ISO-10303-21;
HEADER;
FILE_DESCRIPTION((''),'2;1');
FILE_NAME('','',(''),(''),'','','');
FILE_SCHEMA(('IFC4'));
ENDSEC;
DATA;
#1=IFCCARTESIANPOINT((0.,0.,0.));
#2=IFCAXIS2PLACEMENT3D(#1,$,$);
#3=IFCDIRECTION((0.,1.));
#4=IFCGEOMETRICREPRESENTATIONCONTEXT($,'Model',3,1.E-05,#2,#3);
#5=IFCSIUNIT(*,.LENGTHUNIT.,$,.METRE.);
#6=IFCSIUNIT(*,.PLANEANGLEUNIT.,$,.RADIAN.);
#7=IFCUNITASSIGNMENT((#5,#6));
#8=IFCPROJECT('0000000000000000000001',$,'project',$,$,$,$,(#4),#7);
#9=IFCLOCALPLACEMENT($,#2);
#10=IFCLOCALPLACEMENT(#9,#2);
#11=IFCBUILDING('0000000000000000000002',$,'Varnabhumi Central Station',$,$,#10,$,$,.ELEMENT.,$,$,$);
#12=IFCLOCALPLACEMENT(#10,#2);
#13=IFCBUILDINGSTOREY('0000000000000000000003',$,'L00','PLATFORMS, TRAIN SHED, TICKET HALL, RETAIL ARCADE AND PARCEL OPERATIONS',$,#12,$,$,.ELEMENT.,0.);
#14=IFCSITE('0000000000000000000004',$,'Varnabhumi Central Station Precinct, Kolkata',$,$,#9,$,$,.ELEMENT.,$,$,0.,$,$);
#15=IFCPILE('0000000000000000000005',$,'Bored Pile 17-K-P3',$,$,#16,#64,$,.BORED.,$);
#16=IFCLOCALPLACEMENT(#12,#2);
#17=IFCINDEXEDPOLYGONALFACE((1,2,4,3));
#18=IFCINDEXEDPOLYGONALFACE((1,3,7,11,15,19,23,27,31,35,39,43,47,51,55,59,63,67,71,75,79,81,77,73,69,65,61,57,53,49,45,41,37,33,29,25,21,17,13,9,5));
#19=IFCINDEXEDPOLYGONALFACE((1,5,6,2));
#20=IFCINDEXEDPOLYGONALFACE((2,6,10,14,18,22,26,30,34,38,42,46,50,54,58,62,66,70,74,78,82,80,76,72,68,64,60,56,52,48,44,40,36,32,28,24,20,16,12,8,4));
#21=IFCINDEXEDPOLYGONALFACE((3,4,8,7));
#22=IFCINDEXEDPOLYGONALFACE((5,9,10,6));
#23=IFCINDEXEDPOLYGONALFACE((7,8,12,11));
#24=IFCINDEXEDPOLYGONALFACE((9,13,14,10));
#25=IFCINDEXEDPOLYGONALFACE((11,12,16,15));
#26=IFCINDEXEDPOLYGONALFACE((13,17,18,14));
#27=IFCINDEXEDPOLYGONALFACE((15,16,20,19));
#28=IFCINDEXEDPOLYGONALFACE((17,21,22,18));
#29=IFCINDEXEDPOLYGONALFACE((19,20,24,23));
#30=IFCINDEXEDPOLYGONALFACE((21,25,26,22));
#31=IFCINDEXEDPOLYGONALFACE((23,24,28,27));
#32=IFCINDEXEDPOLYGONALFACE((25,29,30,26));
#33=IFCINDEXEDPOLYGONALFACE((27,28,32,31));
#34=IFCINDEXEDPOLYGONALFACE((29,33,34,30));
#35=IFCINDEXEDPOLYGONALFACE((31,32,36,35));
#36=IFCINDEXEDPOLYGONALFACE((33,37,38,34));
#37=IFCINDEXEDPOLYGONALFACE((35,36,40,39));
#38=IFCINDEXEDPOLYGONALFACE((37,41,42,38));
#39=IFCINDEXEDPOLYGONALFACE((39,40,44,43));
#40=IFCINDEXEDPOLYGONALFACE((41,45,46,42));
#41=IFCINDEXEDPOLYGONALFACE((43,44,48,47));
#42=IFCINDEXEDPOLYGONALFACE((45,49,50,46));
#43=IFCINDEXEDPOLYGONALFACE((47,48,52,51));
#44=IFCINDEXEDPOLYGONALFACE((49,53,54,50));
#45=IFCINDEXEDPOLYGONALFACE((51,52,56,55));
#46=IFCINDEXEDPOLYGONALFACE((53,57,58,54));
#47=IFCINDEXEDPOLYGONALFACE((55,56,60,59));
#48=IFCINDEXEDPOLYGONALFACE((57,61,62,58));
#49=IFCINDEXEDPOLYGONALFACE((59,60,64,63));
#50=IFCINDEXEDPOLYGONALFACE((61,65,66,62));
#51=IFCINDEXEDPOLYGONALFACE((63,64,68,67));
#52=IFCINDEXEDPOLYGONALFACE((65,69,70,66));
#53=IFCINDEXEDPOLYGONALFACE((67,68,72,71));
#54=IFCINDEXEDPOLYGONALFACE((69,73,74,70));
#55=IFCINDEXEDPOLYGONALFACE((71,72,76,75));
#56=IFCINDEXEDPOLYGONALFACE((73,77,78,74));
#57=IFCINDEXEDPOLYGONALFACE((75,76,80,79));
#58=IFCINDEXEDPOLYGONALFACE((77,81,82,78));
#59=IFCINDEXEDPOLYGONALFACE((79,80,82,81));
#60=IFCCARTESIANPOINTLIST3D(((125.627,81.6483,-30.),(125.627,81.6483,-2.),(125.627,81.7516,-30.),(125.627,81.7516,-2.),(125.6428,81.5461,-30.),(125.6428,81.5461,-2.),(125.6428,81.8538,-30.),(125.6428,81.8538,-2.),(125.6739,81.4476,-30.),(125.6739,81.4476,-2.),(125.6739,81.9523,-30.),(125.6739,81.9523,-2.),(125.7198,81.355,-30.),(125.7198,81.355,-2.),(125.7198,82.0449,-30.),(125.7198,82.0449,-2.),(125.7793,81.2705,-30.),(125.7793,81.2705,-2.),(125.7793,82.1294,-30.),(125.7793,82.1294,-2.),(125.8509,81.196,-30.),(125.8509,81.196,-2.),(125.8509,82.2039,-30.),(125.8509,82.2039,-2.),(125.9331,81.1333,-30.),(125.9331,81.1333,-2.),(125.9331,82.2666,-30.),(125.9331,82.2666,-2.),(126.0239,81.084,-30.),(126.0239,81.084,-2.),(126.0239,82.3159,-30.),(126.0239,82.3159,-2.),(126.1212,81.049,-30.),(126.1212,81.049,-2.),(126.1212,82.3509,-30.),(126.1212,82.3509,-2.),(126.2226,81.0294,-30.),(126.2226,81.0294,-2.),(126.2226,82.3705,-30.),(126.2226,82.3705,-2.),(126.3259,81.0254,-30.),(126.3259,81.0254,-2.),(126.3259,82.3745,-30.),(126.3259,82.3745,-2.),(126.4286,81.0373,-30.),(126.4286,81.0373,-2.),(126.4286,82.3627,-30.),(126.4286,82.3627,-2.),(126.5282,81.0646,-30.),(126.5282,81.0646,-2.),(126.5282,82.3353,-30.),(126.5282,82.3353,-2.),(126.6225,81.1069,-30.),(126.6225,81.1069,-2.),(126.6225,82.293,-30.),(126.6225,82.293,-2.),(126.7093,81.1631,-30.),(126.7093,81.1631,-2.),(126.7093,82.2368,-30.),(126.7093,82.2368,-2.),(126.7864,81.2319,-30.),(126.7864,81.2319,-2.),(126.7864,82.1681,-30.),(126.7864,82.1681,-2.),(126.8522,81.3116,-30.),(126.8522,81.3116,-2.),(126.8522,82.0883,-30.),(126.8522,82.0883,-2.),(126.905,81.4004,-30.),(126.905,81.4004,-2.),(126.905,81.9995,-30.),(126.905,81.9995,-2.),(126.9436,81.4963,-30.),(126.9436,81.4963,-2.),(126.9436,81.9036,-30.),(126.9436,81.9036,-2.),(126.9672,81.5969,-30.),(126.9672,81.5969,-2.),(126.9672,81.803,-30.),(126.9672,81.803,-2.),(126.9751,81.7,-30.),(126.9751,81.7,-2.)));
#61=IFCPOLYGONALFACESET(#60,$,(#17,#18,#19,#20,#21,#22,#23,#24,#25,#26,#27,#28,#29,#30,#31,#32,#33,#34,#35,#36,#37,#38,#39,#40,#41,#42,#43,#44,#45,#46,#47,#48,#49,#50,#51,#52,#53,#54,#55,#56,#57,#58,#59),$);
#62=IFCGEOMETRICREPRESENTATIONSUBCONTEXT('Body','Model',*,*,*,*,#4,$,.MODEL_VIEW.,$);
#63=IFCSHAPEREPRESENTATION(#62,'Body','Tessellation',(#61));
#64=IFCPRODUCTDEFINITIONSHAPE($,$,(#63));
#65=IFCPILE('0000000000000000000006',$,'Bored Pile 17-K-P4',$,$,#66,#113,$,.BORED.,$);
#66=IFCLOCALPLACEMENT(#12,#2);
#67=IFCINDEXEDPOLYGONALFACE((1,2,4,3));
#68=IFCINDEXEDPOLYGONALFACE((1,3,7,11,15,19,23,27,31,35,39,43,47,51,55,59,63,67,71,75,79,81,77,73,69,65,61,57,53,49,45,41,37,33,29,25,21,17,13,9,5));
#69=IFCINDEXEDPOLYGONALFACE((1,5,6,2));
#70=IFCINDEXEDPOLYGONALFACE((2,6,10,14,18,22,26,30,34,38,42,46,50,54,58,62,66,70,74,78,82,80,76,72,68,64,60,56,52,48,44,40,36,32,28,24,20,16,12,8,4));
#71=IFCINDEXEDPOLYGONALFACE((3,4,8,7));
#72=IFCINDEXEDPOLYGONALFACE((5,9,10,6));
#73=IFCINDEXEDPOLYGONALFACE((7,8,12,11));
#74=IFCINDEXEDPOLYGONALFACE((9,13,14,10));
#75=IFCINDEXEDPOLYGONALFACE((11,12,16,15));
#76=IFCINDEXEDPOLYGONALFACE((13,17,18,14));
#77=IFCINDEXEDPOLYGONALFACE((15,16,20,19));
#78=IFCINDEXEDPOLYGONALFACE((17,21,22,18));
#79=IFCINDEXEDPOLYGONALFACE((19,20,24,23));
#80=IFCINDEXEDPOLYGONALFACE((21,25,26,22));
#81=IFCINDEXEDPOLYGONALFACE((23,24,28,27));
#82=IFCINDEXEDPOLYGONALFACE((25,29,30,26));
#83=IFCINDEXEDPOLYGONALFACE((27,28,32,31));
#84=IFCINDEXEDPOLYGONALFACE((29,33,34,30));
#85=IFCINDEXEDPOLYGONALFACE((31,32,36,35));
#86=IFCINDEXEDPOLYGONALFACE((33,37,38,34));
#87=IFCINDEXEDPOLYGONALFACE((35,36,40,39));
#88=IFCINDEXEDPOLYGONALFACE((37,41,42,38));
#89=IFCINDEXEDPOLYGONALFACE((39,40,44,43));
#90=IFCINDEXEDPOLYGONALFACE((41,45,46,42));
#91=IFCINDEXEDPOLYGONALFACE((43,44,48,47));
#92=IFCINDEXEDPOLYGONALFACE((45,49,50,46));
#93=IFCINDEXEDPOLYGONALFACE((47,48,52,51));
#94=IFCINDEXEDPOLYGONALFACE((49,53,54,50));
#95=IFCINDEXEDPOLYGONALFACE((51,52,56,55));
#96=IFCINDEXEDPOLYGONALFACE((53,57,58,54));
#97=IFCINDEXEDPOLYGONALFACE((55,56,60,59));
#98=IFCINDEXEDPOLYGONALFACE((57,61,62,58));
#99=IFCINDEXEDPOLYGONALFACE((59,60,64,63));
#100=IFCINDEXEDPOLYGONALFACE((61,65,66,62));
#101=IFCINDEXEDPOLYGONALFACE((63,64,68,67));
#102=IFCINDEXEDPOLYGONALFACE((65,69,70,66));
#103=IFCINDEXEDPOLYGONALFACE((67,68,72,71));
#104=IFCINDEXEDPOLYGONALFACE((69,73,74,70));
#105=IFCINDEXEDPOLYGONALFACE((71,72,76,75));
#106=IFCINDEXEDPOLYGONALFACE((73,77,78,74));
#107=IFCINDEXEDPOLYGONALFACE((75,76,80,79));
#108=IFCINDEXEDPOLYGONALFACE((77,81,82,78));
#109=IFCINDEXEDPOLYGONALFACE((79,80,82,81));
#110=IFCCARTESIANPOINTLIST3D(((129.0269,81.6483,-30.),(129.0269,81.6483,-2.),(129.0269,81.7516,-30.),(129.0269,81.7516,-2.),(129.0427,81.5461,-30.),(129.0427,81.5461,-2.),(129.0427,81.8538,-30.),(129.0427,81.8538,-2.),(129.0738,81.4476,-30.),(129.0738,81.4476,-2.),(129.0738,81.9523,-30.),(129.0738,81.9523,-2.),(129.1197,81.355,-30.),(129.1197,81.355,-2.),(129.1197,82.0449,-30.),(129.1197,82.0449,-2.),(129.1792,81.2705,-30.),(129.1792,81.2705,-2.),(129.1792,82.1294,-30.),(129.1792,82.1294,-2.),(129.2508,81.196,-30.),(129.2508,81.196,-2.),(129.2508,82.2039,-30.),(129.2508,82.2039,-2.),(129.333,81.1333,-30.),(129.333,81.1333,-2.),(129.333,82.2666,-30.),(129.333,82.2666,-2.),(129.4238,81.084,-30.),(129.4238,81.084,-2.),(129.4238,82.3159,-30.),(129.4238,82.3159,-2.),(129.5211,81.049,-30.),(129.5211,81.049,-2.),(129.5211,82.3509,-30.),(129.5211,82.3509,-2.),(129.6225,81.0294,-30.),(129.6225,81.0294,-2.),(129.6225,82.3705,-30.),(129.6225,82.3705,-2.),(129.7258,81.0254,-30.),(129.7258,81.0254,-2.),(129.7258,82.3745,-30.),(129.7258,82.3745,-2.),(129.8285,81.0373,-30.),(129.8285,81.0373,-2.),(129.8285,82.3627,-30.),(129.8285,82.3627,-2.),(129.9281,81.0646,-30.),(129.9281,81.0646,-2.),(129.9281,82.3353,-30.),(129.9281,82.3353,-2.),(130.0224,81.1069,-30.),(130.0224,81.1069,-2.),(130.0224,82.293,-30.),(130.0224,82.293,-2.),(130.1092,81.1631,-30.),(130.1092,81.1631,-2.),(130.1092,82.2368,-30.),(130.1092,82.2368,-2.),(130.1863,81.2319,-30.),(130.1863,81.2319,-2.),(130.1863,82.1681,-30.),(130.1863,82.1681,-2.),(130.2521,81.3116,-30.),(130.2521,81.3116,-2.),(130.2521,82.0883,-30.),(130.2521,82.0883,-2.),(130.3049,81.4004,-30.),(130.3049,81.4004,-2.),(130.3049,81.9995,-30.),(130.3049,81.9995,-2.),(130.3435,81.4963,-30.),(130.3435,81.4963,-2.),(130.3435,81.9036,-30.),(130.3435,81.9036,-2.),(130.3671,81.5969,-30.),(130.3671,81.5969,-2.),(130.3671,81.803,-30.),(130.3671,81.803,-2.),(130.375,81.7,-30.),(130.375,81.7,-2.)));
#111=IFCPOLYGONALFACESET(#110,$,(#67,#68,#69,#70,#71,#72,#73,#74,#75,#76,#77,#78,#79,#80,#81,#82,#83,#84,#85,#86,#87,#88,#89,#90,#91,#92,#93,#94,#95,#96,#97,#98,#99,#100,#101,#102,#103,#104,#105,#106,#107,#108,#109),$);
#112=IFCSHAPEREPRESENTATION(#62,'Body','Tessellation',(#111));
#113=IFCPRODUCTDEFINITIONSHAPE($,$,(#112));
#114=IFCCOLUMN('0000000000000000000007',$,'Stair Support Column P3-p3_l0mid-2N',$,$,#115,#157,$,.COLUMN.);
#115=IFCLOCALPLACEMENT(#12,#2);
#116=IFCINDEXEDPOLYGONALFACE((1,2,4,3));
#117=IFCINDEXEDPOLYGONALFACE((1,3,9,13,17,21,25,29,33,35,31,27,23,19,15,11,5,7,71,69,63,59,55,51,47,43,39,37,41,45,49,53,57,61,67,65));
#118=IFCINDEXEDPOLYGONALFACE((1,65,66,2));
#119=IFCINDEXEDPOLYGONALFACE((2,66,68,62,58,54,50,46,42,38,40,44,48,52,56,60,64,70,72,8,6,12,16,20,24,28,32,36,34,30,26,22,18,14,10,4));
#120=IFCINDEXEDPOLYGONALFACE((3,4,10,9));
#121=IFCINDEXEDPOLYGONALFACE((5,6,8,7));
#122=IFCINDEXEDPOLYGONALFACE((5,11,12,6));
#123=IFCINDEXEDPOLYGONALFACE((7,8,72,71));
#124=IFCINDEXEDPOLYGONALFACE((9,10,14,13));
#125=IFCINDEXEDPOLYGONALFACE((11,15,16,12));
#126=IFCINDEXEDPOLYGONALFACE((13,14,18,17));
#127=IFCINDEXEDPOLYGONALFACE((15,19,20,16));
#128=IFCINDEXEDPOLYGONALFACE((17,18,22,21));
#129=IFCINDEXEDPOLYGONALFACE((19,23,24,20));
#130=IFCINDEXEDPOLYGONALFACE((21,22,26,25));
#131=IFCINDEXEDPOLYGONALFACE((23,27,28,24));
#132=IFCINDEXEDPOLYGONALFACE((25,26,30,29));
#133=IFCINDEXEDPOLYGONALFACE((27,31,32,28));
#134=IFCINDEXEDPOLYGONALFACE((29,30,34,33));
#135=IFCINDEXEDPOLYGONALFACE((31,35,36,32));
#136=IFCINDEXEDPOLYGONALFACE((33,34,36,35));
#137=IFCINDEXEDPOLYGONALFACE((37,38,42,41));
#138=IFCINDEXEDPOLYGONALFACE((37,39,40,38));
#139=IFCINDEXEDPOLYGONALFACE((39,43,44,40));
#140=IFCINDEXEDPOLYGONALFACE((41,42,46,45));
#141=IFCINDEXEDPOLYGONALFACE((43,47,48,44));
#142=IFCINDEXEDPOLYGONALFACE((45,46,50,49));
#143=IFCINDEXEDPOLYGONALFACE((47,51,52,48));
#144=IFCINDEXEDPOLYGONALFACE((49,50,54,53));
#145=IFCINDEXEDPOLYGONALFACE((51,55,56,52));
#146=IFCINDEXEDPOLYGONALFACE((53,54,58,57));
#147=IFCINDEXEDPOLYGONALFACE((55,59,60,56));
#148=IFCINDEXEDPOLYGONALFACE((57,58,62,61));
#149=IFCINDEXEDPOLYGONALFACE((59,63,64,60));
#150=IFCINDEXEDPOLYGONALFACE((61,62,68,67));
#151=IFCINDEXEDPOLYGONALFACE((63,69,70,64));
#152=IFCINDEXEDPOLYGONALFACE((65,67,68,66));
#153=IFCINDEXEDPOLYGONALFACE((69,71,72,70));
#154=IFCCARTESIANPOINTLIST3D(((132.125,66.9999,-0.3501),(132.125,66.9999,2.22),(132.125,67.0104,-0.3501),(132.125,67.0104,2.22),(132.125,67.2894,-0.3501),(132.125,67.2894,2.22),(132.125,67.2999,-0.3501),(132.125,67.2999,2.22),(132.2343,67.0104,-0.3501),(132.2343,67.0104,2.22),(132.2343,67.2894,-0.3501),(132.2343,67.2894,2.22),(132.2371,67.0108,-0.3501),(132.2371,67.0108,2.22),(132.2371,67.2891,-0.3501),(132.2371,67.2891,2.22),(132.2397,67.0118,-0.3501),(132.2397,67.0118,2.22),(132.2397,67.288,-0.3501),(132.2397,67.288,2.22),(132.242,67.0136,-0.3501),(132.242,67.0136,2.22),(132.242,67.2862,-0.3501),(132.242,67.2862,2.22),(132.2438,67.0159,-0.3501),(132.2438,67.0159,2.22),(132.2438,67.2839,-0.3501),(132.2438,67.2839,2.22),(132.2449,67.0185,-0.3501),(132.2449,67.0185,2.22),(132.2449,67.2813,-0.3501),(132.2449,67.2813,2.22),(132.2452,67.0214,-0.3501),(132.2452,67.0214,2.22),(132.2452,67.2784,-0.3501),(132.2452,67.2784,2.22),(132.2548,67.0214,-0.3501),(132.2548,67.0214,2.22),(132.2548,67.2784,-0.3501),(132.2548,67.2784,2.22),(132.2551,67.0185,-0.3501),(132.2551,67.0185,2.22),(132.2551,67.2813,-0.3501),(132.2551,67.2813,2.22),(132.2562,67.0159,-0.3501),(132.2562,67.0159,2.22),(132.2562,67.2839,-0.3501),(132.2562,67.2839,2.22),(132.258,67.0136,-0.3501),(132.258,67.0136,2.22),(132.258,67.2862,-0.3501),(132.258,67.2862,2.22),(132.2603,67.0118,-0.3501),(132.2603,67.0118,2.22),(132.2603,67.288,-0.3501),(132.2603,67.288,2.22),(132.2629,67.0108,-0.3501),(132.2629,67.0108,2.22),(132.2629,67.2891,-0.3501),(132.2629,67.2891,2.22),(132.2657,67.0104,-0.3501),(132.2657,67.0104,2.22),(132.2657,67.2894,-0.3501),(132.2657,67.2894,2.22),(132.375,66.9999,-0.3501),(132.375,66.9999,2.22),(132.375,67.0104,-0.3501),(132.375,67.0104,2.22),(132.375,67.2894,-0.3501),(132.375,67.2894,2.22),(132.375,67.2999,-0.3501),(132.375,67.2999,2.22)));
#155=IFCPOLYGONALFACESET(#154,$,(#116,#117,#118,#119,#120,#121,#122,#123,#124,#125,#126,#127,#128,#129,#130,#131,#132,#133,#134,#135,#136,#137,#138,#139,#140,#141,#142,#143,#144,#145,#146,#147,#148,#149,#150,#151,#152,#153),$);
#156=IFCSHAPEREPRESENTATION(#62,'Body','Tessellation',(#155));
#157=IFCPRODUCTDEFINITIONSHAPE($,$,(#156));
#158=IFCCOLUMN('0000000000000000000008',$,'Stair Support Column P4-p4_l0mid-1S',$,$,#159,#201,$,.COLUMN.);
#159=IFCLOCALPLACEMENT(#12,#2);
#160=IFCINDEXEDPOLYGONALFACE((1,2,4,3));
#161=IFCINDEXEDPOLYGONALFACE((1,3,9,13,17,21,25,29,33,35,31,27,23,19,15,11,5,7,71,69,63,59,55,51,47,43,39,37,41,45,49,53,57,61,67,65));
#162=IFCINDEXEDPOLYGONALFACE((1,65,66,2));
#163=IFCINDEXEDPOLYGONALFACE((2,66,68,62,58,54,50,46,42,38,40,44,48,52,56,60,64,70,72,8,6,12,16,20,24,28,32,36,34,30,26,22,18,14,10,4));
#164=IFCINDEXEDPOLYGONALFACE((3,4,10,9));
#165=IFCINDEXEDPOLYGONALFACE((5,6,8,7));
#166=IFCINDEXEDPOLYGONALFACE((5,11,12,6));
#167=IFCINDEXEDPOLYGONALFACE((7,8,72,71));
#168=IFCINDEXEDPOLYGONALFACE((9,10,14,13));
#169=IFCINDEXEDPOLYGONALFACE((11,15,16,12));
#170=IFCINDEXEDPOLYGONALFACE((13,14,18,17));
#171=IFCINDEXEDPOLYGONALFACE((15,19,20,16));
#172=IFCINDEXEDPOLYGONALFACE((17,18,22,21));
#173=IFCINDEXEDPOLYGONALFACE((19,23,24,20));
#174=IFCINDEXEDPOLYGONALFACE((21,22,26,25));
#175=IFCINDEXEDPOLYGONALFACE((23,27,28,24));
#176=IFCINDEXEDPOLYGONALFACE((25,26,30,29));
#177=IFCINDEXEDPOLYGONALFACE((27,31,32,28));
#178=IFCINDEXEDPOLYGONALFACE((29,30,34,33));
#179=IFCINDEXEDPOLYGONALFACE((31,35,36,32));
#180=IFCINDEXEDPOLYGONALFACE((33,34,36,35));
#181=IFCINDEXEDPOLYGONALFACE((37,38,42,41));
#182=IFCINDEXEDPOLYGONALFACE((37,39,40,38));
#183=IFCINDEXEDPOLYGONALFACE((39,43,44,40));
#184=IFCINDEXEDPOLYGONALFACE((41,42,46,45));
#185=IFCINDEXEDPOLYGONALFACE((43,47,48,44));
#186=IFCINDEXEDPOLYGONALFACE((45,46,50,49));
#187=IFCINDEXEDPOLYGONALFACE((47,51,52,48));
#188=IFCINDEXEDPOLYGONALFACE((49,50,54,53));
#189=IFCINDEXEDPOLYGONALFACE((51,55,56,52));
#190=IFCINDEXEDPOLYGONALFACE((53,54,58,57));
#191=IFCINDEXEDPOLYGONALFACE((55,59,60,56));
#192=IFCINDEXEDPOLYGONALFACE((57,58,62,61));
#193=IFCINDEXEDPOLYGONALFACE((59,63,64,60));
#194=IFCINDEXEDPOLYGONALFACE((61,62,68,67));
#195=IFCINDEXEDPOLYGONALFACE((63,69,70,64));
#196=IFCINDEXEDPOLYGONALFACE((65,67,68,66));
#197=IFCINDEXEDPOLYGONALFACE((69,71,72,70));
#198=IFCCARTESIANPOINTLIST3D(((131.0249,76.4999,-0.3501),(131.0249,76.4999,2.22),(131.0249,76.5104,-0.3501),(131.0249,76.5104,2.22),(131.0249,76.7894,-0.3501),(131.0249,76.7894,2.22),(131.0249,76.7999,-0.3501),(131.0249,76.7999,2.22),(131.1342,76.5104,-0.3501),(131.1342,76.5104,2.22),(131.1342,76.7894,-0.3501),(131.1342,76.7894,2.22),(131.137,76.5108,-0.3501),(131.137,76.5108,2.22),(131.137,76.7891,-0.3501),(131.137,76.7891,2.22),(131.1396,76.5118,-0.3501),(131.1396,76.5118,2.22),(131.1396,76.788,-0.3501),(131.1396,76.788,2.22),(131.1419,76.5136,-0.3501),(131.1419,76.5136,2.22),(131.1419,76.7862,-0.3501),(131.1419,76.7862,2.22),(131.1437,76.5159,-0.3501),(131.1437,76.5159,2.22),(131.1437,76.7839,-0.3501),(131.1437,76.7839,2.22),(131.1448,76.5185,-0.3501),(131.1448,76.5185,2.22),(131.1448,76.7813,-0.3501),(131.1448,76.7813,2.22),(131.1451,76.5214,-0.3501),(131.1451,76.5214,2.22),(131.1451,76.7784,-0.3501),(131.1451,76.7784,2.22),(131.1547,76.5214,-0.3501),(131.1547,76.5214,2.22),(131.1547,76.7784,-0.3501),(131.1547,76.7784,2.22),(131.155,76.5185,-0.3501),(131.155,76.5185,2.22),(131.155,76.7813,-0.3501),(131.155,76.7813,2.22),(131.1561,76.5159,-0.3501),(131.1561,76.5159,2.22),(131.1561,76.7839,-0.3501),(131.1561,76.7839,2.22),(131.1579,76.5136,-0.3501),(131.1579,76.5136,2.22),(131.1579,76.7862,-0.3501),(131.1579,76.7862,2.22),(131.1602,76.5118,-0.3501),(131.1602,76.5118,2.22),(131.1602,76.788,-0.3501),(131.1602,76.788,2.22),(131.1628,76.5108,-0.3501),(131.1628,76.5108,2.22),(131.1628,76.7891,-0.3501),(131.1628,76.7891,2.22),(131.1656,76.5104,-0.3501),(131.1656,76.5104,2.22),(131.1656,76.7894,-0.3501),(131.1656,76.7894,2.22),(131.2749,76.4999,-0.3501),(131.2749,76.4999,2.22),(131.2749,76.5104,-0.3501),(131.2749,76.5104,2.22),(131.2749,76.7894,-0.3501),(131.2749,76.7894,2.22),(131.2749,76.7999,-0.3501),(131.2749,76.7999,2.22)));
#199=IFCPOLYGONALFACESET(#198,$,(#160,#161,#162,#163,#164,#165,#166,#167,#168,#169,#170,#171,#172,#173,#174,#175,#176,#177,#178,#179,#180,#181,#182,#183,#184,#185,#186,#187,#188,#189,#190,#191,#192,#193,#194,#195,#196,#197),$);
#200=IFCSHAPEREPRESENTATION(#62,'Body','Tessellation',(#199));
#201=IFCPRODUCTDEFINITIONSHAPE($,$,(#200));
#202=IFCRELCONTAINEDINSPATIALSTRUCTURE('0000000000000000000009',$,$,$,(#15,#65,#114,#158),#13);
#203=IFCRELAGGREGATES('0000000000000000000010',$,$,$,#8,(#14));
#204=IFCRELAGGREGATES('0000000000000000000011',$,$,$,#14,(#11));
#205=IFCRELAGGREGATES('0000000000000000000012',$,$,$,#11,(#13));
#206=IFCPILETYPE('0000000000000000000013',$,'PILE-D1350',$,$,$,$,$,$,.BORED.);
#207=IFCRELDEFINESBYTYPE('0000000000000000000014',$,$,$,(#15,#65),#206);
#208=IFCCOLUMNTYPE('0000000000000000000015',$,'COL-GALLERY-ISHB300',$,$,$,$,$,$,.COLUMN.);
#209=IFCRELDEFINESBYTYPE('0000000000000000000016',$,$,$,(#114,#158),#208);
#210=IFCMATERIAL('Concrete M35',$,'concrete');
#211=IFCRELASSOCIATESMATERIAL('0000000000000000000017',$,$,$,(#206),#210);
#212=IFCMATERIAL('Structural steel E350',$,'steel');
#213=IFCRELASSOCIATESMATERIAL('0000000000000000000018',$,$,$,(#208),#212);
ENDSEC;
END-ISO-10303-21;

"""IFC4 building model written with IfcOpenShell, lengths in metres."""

from ifc_helpers import new_model, si_unit, direction, frame, origin, origin_2d, place, context, subcontext, project, spatial, circle, i_section, extrude, material, material_profile, profile_set, type_object, element, save


model = new_model("IFC4")

# Units and contexts
model_context = context("Model", 3, precision=1e-05, world=origin(), true_north=direction((0.0, 1.0)))
body_context = subcontext(model_context, "Body", "Model", "MODEL_VIEW")
ifc_project = project(units=[si_unit("LENGTHUNIT", "METRE"), si_unit("PLANEANGLEUNIT", "RADIAN")], contexts=[model_context])

# Site, building, storey
site_placement = place(None, origin())
site = spatial("IfcSite", under=ifc_project, at=site_placement, Name="Varnabhumi Central Station Precinct, Kolkata", CompositionType="ELEMENT", RefElevation=0.0)
building_placement = place(site_placement, origin())
building = spatial("IfcBuilding", under=site, at=building_placement, Name="Varnabhumi Central Station", CompositionType="ELEMENT")
storey_placement = place(building_placement, origin())
storey = spatial("IfcBuildingStorey", under=building, at=storey_placement, Name="L00", Description="PLATFORMS, TRAIN SHED, TICKET HALL, RETAIL ARCADE AND PARCEL OPERATIONS", CompositionType="ELEMENT", Elevation=0.0)

# Piles
ifc_material_1 = material(Name="Concrete M35", Category="concrete")
ifc_material_profile_1 = material_profile(ifc_material_1, circle(Radius=0.675, at=origin_2d()), Name="Concrete M35", Category="concrete")
ifc_profile_set_1 = profile_set([ifc_material_profile_1], Name="Concrete M35")
pile_type = type_object("IfcPileType", Name="PILE-D1350", PredefinedType="BORED", material=ifc_profile_set_1)
for number, where, z_axis, x_axis, name in (
    (1, (126.3, 81.7, -2.0), (0.0, 0.0, -1.0), (1.0, 0.0, 0.0), "Bored Pile 17-K-P3"),
    (2, (129.7, 81.7, -2.0), (0.0, 0.0, -1.0), (1.0, 0.0, 0.0), "Bored Pile 17-K-P4"),
):
    element("IfcPile", number, at=place(storey_placement, frame(where, z_axis=z_axis, x_axis=x_axis)), inside=storey, type_object=pile_type, Name=name, PredefinedType="BORED", context=body_context, shape_type="SweptSolid", body=[
        extrude(circle(Radius=0.675, at=origin_2d()), origin(), (0.0, 0.0, 1.0), 28.0),
    ])

# Columns
ifc_material_2 = material(Name="Structural steel E350", Category="steel")
ifc_material_profile_2 = material_profile(ifc_material_2, i_section(OverallWidth=0.25, OverallDepth=0.3, WebThickness=0.0095, FlangeThickness=0.0105, FilletRadius=0.011, at=origin_2d()), Name="Structural steel E350", Category="steel")
ifc_profile_set_2 = profile_set([ifc_material_profile_2], Name="Structural steel E350")
column_type_1 = type_object("IfcColumnType", Name="COL-GALLERY-ISHB300", PredefinedType="COLUMN", material=ifc_profile_set_2)
for number, where, z_axis, x_axis, name in (
    (3, (132.25, 67.1499, -0.3501), (0.0, 0.0, 1.0), (1.0, 0.0, 0.0), "Stair Support Column P3-p3_l0mid-2N"),
    (4, (131.1499, 76.6499, -0.3501), (0.0, 0.0, 1.0), (1.0, 0.0, 0.0), "Stair Support Column P4-p4_l0mid-1S"),
):
    element("IfcColumn", number, at=place(storey_placement, frame(where, z_axis=z_axis, x_axis=x_axis)), inside=storey, type_object=column_type_1, Name=name, PredefinedType="COLUMN", context=body_context, shape_type="SweptSolid", body=[
        extrude(i_section(OverallWidth=0.25, OverallDepth=0.3, WebThickness=0.0095, FlangeThickness=0.0105, FilletRadius=0.011, at=origin_2d()), origin(), (0.0, 0.0, 1.0), 2.5701),
    ])

save(model, "model.ifc")
